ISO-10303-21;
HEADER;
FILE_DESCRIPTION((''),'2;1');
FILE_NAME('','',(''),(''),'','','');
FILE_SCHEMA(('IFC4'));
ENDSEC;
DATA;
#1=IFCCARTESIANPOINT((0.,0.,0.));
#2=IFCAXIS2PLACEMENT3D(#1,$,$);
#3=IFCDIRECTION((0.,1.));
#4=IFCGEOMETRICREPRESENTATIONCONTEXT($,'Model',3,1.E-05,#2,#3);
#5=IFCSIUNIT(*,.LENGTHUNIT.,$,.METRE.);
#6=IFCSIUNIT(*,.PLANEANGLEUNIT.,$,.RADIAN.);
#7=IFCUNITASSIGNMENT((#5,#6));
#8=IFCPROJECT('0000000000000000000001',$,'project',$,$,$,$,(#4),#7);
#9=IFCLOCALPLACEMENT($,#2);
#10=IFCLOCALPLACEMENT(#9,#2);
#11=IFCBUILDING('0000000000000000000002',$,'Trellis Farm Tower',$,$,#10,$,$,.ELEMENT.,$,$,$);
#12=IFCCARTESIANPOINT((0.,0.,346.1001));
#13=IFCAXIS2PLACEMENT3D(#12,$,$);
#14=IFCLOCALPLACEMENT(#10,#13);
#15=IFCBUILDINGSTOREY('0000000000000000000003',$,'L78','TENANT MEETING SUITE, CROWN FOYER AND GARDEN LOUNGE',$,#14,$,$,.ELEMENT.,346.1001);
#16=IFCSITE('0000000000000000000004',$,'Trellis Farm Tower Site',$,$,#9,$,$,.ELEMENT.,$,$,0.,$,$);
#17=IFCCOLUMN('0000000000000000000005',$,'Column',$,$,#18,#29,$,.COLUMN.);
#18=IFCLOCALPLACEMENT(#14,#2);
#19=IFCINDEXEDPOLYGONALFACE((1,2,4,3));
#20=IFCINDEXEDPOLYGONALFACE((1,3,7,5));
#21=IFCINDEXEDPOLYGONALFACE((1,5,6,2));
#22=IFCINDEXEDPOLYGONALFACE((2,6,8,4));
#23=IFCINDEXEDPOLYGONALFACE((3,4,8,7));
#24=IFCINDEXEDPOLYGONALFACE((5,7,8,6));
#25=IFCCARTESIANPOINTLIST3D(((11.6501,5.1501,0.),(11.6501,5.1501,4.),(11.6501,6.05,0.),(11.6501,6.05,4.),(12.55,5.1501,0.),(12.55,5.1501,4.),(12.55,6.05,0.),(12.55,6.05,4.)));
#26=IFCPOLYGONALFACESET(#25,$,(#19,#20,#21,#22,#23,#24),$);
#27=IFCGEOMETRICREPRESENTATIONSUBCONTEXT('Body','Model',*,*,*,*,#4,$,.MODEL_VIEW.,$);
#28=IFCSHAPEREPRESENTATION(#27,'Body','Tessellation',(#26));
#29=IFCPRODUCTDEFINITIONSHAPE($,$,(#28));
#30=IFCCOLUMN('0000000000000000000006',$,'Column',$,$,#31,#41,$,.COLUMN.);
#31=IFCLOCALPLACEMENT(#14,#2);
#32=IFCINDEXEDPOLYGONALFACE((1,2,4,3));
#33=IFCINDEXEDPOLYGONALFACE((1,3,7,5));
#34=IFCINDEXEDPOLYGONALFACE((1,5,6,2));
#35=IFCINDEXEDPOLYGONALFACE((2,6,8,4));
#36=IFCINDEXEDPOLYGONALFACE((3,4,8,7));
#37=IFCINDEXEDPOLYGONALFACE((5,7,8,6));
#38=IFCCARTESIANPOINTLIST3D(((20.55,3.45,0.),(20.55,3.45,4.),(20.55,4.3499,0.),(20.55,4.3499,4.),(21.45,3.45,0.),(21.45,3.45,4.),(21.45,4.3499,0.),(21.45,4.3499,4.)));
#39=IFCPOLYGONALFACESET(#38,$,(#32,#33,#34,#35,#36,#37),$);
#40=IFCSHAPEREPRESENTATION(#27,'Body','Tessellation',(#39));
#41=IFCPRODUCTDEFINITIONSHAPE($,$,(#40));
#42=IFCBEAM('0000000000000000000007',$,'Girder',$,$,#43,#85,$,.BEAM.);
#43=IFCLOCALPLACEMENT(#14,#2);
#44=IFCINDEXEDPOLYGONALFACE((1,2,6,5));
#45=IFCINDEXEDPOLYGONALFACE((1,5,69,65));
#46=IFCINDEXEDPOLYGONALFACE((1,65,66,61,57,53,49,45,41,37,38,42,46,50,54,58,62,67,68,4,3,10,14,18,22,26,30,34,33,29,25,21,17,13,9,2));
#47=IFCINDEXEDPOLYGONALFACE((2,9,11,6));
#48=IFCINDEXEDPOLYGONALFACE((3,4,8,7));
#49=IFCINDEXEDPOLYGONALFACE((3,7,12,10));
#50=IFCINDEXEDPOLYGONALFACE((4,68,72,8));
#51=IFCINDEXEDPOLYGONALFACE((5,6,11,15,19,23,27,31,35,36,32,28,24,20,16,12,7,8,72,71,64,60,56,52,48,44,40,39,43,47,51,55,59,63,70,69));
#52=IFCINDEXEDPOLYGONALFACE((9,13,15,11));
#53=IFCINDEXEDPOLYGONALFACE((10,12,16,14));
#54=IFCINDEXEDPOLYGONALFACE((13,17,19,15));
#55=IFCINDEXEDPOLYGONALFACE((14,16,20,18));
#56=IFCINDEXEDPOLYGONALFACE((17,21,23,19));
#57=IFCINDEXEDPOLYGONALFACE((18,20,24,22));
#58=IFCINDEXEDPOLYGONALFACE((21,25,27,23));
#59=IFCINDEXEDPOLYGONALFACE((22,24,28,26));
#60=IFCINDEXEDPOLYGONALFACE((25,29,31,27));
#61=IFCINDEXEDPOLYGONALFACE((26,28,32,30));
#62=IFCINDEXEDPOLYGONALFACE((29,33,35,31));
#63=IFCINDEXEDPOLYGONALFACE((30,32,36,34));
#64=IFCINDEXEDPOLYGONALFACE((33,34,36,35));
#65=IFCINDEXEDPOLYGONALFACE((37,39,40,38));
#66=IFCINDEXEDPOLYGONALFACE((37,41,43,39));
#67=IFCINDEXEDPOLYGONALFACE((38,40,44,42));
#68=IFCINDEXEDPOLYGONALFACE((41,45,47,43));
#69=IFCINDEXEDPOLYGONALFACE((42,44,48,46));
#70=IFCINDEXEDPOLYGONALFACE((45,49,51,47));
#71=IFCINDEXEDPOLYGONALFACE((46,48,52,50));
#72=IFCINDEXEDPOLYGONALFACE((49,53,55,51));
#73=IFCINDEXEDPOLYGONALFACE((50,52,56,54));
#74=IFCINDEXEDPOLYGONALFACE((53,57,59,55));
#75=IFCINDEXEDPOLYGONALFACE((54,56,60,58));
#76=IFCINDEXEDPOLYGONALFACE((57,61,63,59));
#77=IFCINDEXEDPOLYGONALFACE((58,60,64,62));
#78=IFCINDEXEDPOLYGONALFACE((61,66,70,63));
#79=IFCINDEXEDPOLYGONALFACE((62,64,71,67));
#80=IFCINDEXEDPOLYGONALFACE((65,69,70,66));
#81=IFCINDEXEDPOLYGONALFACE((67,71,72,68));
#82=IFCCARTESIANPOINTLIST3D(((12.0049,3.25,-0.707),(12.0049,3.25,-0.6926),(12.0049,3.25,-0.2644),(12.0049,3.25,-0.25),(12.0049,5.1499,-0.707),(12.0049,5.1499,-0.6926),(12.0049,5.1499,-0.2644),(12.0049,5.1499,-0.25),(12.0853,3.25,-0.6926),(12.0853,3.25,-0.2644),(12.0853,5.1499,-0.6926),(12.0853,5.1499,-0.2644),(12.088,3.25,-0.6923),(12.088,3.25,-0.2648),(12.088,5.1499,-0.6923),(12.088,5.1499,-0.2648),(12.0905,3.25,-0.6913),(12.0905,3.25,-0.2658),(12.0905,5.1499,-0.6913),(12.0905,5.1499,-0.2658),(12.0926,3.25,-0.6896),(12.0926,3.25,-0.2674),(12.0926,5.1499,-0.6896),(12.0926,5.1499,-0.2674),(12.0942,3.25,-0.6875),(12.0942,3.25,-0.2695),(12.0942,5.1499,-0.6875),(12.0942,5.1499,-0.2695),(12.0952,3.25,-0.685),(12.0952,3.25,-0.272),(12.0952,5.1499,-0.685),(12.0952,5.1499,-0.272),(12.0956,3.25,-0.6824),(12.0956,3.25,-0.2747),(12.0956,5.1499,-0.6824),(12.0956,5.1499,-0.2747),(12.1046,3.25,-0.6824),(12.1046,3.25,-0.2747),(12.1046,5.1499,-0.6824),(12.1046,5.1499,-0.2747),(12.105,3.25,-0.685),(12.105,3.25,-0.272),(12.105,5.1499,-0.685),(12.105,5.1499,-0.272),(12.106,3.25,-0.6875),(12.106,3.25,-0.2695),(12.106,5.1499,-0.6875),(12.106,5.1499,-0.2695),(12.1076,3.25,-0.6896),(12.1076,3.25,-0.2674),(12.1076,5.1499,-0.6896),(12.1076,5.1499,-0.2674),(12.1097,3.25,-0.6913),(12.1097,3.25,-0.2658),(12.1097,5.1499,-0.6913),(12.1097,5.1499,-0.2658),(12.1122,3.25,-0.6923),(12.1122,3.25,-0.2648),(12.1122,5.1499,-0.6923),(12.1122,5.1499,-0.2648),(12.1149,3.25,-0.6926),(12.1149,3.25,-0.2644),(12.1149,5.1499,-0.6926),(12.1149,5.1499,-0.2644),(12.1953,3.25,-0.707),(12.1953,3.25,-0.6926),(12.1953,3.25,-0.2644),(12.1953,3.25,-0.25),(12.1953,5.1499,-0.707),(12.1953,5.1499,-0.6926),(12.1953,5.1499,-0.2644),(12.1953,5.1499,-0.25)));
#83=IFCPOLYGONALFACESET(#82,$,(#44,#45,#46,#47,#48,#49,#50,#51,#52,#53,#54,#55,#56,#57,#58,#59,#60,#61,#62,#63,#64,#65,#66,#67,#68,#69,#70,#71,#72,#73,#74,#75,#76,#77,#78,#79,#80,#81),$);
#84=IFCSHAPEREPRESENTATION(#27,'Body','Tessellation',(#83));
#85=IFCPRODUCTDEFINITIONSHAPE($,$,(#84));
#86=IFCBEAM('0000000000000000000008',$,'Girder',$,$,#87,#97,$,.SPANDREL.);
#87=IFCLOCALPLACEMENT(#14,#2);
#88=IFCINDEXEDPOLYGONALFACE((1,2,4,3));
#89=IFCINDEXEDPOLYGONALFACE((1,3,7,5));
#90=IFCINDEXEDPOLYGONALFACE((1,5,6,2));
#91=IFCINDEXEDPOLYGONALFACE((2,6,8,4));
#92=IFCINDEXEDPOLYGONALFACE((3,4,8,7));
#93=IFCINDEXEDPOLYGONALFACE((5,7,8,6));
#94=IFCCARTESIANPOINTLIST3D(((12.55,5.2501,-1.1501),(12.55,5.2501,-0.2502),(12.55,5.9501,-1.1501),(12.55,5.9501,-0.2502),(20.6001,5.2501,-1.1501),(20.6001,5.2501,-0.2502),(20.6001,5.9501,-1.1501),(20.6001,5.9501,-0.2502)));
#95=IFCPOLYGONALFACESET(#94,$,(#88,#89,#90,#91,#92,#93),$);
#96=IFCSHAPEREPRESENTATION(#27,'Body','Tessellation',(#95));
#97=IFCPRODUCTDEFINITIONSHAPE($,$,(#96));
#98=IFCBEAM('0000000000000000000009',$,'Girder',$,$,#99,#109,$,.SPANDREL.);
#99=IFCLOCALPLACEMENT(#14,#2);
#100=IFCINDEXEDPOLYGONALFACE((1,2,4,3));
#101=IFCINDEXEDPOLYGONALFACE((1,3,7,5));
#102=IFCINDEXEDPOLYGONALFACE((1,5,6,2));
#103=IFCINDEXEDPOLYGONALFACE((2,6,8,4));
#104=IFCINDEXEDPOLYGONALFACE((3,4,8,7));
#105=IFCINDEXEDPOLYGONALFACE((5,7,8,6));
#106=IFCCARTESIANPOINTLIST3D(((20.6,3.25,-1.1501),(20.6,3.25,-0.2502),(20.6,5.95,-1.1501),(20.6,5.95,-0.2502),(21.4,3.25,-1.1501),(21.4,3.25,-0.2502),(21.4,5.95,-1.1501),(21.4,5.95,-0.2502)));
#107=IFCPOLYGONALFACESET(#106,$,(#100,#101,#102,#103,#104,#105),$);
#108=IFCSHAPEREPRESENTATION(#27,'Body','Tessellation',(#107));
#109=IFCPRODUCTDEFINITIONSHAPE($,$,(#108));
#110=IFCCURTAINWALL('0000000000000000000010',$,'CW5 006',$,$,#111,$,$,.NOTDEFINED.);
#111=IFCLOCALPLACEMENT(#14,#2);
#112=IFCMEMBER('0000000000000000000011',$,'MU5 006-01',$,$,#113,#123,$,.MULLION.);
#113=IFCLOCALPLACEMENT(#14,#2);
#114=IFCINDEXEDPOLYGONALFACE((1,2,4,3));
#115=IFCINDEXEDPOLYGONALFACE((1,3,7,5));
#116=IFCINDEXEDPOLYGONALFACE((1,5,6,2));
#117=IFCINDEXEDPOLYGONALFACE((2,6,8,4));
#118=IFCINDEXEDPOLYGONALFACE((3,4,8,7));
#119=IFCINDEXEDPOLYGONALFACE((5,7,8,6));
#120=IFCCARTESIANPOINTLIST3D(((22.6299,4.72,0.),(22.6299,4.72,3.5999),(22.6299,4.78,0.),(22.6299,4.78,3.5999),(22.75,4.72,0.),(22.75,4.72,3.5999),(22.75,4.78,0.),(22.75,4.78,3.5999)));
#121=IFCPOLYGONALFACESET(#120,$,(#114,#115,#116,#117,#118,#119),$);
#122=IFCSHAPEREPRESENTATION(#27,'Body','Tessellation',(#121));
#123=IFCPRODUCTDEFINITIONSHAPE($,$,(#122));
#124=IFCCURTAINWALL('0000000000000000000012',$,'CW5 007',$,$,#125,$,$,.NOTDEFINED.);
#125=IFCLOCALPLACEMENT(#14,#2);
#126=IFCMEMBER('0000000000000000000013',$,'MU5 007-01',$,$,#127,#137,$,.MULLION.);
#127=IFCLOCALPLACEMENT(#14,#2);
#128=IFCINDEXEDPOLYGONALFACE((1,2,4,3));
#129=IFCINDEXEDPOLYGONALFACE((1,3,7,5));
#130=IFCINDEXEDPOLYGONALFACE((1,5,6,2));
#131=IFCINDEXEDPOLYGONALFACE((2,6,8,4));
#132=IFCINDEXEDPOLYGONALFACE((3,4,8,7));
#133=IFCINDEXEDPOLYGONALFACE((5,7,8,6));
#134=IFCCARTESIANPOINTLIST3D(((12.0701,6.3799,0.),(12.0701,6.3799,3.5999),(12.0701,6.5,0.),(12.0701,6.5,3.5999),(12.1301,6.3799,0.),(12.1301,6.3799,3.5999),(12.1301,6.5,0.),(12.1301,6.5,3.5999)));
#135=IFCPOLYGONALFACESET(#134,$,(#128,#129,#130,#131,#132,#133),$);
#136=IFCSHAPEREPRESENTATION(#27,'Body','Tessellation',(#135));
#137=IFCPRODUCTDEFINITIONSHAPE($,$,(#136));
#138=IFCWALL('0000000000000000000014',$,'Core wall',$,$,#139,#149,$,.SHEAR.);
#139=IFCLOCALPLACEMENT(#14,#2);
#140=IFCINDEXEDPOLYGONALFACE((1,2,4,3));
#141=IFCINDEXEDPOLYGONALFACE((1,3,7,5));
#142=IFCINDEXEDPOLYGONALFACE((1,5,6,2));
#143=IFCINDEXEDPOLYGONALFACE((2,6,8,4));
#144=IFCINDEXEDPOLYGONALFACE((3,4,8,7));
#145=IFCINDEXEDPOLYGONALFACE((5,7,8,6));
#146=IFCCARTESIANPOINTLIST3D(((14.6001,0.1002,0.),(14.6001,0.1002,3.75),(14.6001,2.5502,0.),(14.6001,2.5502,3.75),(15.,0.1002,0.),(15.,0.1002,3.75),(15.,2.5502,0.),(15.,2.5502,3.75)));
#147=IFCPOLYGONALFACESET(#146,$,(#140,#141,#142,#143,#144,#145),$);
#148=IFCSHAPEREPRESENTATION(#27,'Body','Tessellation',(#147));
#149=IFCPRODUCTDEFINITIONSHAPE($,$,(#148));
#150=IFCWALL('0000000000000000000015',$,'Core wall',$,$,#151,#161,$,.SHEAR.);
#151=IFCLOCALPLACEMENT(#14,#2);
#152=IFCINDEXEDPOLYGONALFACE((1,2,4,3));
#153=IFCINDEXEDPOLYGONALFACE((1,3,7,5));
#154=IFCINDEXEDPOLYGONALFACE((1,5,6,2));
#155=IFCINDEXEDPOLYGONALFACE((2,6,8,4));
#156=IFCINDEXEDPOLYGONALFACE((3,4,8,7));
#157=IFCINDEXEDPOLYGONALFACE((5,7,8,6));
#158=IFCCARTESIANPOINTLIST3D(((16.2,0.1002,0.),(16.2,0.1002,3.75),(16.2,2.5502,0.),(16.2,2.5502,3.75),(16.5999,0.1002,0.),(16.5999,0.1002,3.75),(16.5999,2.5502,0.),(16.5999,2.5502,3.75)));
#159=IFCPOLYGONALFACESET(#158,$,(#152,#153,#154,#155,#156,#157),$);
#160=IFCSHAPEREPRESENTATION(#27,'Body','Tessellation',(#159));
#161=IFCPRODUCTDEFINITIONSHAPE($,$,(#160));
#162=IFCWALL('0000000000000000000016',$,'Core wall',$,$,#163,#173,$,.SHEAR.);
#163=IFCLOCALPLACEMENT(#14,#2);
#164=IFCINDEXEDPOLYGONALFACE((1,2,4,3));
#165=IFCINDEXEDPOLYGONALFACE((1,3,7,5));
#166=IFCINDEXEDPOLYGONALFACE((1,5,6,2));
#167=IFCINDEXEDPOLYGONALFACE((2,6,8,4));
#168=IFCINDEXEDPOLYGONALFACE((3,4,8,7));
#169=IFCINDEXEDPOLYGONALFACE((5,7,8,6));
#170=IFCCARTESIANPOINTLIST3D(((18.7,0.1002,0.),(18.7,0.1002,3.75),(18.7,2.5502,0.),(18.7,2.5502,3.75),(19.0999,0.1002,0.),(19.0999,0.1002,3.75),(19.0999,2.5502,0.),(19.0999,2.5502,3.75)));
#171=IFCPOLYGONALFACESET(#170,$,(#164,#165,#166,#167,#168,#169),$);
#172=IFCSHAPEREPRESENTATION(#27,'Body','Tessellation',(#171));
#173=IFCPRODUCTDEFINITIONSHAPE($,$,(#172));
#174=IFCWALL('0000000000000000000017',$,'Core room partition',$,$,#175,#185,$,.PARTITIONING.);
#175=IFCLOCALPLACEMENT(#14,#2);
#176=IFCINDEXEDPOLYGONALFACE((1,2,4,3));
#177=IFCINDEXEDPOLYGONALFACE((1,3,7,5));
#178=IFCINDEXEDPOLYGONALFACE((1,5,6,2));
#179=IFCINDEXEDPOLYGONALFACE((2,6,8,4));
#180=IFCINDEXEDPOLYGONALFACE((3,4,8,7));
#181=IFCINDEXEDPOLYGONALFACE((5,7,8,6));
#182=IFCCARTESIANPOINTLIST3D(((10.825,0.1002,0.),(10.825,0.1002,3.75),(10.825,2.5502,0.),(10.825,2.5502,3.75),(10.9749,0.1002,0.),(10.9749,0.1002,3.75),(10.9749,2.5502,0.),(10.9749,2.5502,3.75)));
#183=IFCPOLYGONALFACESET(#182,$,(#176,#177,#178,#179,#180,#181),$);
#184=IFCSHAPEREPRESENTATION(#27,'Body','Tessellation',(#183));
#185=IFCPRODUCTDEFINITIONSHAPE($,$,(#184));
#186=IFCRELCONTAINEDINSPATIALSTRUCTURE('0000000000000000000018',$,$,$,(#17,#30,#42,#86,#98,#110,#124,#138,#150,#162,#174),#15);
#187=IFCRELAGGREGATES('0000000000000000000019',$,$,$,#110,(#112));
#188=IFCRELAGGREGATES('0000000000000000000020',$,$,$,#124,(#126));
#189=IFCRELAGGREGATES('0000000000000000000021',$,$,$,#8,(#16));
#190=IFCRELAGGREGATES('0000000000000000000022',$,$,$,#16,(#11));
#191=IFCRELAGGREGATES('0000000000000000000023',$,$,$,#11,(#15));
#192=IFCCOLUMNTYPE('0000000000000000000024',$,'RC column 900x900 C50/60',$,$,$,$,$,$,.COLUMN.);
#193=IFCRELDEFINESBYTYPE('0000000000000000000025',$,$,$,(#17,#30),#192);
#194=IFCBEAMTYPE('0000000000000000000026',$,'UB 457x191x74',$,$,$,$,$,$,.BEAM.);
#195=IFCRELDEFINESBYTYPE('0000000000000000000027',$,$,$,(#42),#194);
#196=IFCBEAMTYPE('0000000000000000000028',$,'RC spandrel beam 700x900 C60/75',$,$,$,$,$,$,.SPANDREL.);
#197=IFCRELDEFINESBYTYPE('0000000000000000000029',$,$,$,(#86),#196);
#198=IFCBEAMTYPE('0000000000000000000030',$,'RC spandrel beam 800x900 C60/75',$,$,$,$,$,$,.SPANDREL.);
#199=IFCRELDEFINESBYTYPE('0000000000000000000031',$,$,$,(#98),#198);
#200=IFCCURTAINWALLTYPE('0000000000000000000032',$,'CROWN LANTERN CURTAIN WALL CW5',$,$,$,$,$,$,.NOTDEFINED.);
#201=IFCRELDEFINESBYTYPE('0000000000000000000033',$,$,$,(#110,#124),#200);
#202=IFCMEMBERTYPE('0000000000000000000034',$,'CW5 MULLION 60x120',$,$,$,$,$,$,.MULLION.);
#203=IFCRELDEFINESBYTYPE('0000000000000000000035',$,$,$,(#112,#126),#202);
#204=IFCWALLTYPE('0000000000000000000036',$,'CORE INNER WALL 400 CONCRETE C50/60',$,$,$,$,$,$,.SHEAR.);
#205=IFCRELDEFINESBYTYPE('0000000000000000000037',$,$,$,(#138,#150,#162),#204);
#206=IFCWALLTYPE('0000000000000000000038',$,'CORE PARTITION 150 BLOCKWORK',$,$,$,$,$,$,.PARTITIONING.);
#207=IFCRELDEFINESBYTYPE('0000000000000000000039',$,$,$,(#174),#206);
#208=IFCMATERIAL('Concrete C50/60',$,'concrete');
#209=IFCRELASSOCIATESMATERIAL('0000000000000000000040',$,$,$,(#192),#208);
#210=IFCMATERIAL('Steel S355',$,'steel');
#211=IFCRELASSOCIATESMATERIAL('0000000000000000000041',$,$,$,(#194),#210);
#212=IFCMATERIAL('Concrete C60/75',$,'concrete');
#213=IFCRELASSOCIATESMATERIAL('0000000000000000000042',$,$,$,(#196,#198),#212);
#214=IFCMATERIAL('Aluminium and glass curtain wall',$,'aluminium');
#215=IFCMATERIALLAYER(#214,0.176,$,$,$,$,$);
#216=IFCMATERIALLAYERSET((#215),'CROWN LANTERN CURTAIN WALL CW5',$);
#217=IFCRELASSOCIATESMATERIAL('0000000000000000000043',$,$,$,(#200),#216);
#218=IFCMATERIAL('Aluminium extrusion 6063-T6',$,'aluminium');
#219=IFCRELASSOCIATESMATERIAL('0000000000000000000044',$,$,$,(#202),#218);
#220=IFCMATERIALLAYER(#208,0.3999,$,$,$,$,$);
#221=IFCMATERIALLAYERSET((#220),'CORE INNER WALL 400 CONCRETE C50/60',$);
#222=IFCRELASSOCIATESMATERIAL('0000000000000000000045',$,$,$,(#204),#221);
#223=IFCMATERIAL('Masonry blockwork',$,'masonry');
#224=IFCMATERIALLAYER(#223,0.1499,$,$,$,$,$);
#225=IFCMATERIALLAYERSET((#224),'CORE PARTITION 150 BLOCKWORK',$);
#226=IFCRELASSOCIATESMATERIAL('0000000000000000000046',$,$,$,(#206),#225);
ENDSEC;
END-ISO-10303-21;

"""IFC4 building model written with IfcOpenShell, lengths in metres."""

from ifc_helpers import new_model, si_unit, direction, frame, frame_2d, origin, origin_2d, place, context, subcontext, project, spatial, rectangle, i_section, extrude, source, transform, mapped, material, layer, layer_set, material_profile, profile_set, type_object, element, aggregate, save


model = new_model("IFC4")

# Units and contexts
model_context = context("Model", 3, precision=1e-05, world=origin(), true_north=direction((0.0, 1.0)))
body_context = subcontext(model_context, "Body", "Model", "MODEL_VIEW")
ifc_project = project(units=[si_unit("LENGTHUNIT", "METRE"), si_unit("PLANEANGLEUNIT", "RADIAN")], contexts=[model_context])

# Site, building, storey
site_placement = place(None, origin())
site = spatial("IfcSite", under=ifc_project, at=site_placement, Name="Trellis Farm Tower Site", CompositionType="ELEMENT", RefElevation=0.0)
building_placement = place(site_placement, origin())
building = spatial("IfcBuilding", under=site, at=building_placement, Name="Trellis Farm Tower", CompositionType="ELEMENT")
storey_placement = place(building_placement, frame((0.0, 0.0, 346.1001)))
storey = spatial("IfcBuildingStorey", under=building, at=storey_placement, Name="L78", Description="TENANT MEETING SUITE, CROWN FOYER AND GARDEN LOUNGE", CompositionType="ELEMENT", Elevation=346.1001)

# Columns
ifc_material_1 = material(Name="Concrete C50/60", Category="concrete")
ifc_material_profile_1 = material_profile(ifc_material_1, rectangle(XDim=0.8999, YDim=0.8999, at=origin_2d()), Name="RC column 900x900 C50/60")
ifc_profile_set_1 = profile_set([ifc_material_profile_1], Name="Concrete C50/60")
column_type = type_object("IfcColumnType", Name="RC column 900x900 C50/60", PredefinedType="COLUMN", material=ifc_profile_set_1)
shared_shape_1 = source(origin(), body_context, "Body", "SweptSolid", [
    extrude(rectangle(XDim=0.8999, YDim=0.8999, at=origin_2d()), origin(), (0.0, 0.0, 1.0), 4.0),
])
for number, where, z_axis, x_axis, name in (
    (1, (12.1001, 5.6001, 0.0), (0.0, 0.0, 1.0), (1.0, 0.0, 0.0), "Column"),
    (2, (21.0, 3.8999, 0.0), (0.0, 0.0, 1.0), (1.0, 0.0, 0.0), "Column"),
):
    element("IfcColumn", number, at=place(storey_placement, frame(where, z_axis=z_axis, x_axis=x_axis)), inside=storey, type_object=column_type, Name=name, PredefinedType="COLUMN", context=body_context, shape_type="MappedRepresentation", body=[
        mapped(shared_shape_1, transform((0.0, 0.0, 0.0))),
    ])

# Beams
ifc_material_2 = material(Name="Steel S355", Category="steel")
ifc_material_profile_2 = material_profile(ifc_material_2, i_section(OverallWidth=0.1904, OverallDepth=0.457, WebThickness=0.009, FlangeThickness=0.0144, FilletRadius=0.0103, at=origin_2d()), Name="UB 457x191x74")
ifc_profile_set_2 = profile_set([ifc_material_profile_2], Name="Steel S355")
beam_type_1 = type_object("IfcBeamType", Name="UB 457x191x74", PredefinedType="BEAM", material=ifc_profile_set_2)
shared_shape_2 = source(origin(), body_context, "Body", "SweptSolid", [
    extrude(i_section(OverallWidth=0.1904, OverallDepth=0.457, WebThickness=0.009, FlangeThickness=0.0144, FilletRadius=0.0103, at=origin_2d()), origin(), (0.0, 0.0, 1.0), 1.8999),
])
beam_1_placement = place(storey_placement, frame((12.1001, 3.25, -0.4785), z_axis=(0.0, 1.0, 0.0), x_axis=(-1.0, 0.0, 0.0)))
element("IfcBeam", 3, at=beam_1_placement, inside=storey, type_object=beam_type_1, Name="Girder", PredefinedType="BEAM", context=body_context, shape_type="MappedRepresentation", body=[
    mapped(shared_shape_2, transform((0.0, 0.0, 0.0))),
])
ifc_material_3 = material(Name="Concrete C60/75", Category="concrete")
ifc_material_profile_3 = material_profile(ifc_material_3, rectangle(XDim=0.7, YDim=0.8999, at=origin_2d()), Name="RC spandrel beam 700x900 C60/75")
ifc_profile_set_3 = profile_set([ifc_material_profile_3], Name="Concrete C60/75")
beam_type_2 = type_object("IfcBeamType", Name="RC spandrel beam 700x900 C60/75", PredefinedType="SPANDREL", material=ifc_profile_set_3)
shared_shape_3 = source(origin(), body_context, "Body", "SweptSolid", [
    extrude(rectangle(XDim=0.7, YDim=0.8999, at=origin_2d()), origin(), (0.0, 0.0, 1.0), 8.05),
])
beam_2_placement = place(storey_placement, frame((12.55, 5.6001, -0.7002), z_axis=(1.0, 0.0, 0.0), x_axis=(0.0, 1.0, 0.0)))
element("IfcBeam", 4, at=beam_2_placement, inside=storey, type_object=beam_type_2, Name="Girder", PredefinedType="SPANDREL", context=body_context, shape_type="MappedRepresentation", body=[
    mapped(shared_shape_3, transform((0.0, 0.0, 0.0))),
])
ifc_material_profile_4 = material_profile(ifc_material_3, rectangle(XDim=0.8, YDim=0.8999, at=origin_2d()), Name="RC spandrel beam 800x900 C60/75")
ifc_profile_set_4 = profile_set([ifc_material_profile_4], Name="Concrete C60/75")
beam_type_3 = type_object("IfcBeamType", Name="RC spandrel beam 800x900 C60/75", PredefinedType="SPANDREL", material=ifc_profile_set_4)
shared_shape_4 = source(origin(), body_context, "Body", "SweptSolid", [
    extrude(rectangle(XDim=0.8, YDim=0.8999, at=origin_2d()), origin(), (0.0, 0.0, 1.0), 2.7),
])
beam_3_placement = place(storey_placement, frame((21.0, 3.25, -0.7002), z_axis=(0.0, 1.0, 0.0), x_axis=(-1.0, 0.0, 0.0)))
element("IfcBeam", 5, at=beam_3_placement, inside=storey, type_object=beam_type_3, Name="Girder", PredefinedType="SPANDREL", context=body_context, shape_type="MappedRepresentation", body=[
    mapped(shared_shape_4, transform((0.0, 0.0, 0.0))),
])

# Curtain walls, members
ifc_material_4 = material(Name="Aluminium and glass curtain wall", Category="aluminium")
ifc_layer_1 = layer(ifc_material_4, 0.176)
ifc_layer_set_1 = layer_set([ifc_layer_1], Name="CROWN LANTERN CURTAIN WALL CW5")
curtain_wall_type = type_object("IfcCurtainWallType", Name="CROWN LANTERN CURTAIN WALL CW5", PredefinedType="NOTDEFINED", material=ifc_layer_set_1)
placement = place(storey_placement, origin())
curtain_wall_1 = element("IfcCurtainWall", 6, at=placement, inside=storey, type_object=curtain_wall_type, Name="CW5 006", PredefinedType="NOTDEFINED")
ifc_material_5 = material(Name="Aluminium extrusion 6063-T6", Category="aluminium")
ifc_material_profile_5 = material_profile(ifc_material_5, rectangle(XDim=0.0601, YDim=0.1201, at=origin_2d()), Name="MULLION 60x120")
ifc_profile_set_5 = profile_set([ifc_material_profile_5], Name="Aluminium extrusion 6063-T6")
member_type = type_object("IfcMemberType", Name="CW5 MULLION 60x120", PredefinedType="MULLION", material=ifc_profile_set_5)
shared_shape_5 = source(origin(), body_context, "Body", "SweptSolid", [
    extrude(rectangle(XDim=0.0601, YDim=0.1201, at=origin_2d()), origin(), (0.0, 0.0, 1.0), 3.5999),
])
member_1_placement = place(storey_placement, frame((22.6899, 4.75, 0.0), z_axis=(0.0, 0.0, 1.0), x_axis=(0.0, 1.0, 0.0)))
member_1 = element("IfcMember", 7, at=member_1_placement, type_object=member_type, Name="MU5 006-01", PredefinedType="MULLION", context=body_context, shape_type="MappedRepresentation", body=[
    mapped(shared_shape_5, transform((0.0, 0.0, 0.0))),
])
aggregate(curtain_wall_1, [member_1])
curtain_wall_2 = element("IfcCurtainWall", 8, at=placement, inside=storey, type_object=curtain_wall_type, Name="CW5 007", PredefinedType="NOTDEFINED")
member_2_placement = place(storey_placement, frame((12.1001, 6.4399, 0.0), z_axis=(0.0, 0.0, 1.0), x_axis=(-1.0, 0.0, 0.0)))
member_2 = element("IfcMember", 9, at=member_2_placement, type_object=member_type, Name="MU5 007-01", PredefinedType="MULLION", context=body_context, shape_type="MappedRepresentation", body=[
    mapped(shared_shape_5, transform((0.0, 0.0, 0.0))),
])
aggregate(curtain_wall_2, [member_2])

# Walls
ifc_layer_2 = layer(ifc_material_1, 0.3999)
ifc_layer_set_2 = layer_set([ifc_layer_2], Name="CORE INNER WALL 400 CONCRETE C50/60")
wall_type_1 = type_object("IfcWallType", Name="CORE INNER WALL 400 CONCRETE C50/60", PredefinedType="SHEAR", material=ifc_layer_set_2)
shared_shape_6 = source(origin(), body_context, "Body", "SweptSolid", [
    extrude(rectangle(XDim=2.45, YDim=0.3999, at=frame_2d((1.2251, 0.0))), origin(), (0.0, 0.0, 1.0), 3.75),
])
for number, where, z_axis, x_axis, name in (
    (10, (14.8, 0.1001, 0.0), (0.0, 0.0, 1.0), (0.0, 1.0, 0.0), "Core wall"),
    (11, (16.3999, 0.1001, 0.0), (0.0, 0.0, 1.0), (0.0, 1.0, 0.0), "Core wall"),
    (12, (18.8999, 0.1001, 0.0), (0.0, 0.0, 1.0), (0.0, 1.0, 0.0), "Core wall"),
):
    element("IfcWall", number, at=place(storey_placement, frame(where, z_axis=z_axis, x_axis=x_axis)), inside=storey, type_object=wall_type_1, Name=name, PredefinedType="SHEAR", context=body_context, shape_type="MappedRepresentation", body=[
        mapped(shared_shape_6, transform((0.0, 0.0, 0.0))),
    ])
ifc_material_6 = material(Name="Masonry blockwork", Category="masonry")
ifc_layer_3 = layer(ifc_material_6, 0.1499)
ifc_layer_set_3 = layer_set([ifc_layer_3], Name="CORE PARTITION 150 BLOCKWORK")
wall_type_2 = type_object("IfcWallType", Name="CORE PARTITION 150 BLOCKWORK", PredefinedType="PARTITIONING", material=ifc_layer_set_3)
shared_shape_7 = source(origin(), body_context, "Body", "SweptSolid", [
    extrude(rectangle(XDim=2.45, YDim=0.1499, at=frame_2d((1.2251, 0.0))), origin(), (0.0, 0.0, 1.0), 3.75),
])
wall_1_placement = place(storey_placement, frame((10.8999, 0.1001, 0.0), z_axis=(0.0, 0.0, 1.0), x_axis=(0.0, 1.0, 0.0)))
element("IfcWall", 13, at=wall_1_placement, inside=storey, type_object=wall_type_2, Name="Core room partition", PredefinedType="PARTITIONING", context=body_context, shape_type="MappedRepresentation", body=[
    mapped(shared_shape_7, transform((0.0, 0.0, 0.0))),
])

save(model, "model.ifc")
